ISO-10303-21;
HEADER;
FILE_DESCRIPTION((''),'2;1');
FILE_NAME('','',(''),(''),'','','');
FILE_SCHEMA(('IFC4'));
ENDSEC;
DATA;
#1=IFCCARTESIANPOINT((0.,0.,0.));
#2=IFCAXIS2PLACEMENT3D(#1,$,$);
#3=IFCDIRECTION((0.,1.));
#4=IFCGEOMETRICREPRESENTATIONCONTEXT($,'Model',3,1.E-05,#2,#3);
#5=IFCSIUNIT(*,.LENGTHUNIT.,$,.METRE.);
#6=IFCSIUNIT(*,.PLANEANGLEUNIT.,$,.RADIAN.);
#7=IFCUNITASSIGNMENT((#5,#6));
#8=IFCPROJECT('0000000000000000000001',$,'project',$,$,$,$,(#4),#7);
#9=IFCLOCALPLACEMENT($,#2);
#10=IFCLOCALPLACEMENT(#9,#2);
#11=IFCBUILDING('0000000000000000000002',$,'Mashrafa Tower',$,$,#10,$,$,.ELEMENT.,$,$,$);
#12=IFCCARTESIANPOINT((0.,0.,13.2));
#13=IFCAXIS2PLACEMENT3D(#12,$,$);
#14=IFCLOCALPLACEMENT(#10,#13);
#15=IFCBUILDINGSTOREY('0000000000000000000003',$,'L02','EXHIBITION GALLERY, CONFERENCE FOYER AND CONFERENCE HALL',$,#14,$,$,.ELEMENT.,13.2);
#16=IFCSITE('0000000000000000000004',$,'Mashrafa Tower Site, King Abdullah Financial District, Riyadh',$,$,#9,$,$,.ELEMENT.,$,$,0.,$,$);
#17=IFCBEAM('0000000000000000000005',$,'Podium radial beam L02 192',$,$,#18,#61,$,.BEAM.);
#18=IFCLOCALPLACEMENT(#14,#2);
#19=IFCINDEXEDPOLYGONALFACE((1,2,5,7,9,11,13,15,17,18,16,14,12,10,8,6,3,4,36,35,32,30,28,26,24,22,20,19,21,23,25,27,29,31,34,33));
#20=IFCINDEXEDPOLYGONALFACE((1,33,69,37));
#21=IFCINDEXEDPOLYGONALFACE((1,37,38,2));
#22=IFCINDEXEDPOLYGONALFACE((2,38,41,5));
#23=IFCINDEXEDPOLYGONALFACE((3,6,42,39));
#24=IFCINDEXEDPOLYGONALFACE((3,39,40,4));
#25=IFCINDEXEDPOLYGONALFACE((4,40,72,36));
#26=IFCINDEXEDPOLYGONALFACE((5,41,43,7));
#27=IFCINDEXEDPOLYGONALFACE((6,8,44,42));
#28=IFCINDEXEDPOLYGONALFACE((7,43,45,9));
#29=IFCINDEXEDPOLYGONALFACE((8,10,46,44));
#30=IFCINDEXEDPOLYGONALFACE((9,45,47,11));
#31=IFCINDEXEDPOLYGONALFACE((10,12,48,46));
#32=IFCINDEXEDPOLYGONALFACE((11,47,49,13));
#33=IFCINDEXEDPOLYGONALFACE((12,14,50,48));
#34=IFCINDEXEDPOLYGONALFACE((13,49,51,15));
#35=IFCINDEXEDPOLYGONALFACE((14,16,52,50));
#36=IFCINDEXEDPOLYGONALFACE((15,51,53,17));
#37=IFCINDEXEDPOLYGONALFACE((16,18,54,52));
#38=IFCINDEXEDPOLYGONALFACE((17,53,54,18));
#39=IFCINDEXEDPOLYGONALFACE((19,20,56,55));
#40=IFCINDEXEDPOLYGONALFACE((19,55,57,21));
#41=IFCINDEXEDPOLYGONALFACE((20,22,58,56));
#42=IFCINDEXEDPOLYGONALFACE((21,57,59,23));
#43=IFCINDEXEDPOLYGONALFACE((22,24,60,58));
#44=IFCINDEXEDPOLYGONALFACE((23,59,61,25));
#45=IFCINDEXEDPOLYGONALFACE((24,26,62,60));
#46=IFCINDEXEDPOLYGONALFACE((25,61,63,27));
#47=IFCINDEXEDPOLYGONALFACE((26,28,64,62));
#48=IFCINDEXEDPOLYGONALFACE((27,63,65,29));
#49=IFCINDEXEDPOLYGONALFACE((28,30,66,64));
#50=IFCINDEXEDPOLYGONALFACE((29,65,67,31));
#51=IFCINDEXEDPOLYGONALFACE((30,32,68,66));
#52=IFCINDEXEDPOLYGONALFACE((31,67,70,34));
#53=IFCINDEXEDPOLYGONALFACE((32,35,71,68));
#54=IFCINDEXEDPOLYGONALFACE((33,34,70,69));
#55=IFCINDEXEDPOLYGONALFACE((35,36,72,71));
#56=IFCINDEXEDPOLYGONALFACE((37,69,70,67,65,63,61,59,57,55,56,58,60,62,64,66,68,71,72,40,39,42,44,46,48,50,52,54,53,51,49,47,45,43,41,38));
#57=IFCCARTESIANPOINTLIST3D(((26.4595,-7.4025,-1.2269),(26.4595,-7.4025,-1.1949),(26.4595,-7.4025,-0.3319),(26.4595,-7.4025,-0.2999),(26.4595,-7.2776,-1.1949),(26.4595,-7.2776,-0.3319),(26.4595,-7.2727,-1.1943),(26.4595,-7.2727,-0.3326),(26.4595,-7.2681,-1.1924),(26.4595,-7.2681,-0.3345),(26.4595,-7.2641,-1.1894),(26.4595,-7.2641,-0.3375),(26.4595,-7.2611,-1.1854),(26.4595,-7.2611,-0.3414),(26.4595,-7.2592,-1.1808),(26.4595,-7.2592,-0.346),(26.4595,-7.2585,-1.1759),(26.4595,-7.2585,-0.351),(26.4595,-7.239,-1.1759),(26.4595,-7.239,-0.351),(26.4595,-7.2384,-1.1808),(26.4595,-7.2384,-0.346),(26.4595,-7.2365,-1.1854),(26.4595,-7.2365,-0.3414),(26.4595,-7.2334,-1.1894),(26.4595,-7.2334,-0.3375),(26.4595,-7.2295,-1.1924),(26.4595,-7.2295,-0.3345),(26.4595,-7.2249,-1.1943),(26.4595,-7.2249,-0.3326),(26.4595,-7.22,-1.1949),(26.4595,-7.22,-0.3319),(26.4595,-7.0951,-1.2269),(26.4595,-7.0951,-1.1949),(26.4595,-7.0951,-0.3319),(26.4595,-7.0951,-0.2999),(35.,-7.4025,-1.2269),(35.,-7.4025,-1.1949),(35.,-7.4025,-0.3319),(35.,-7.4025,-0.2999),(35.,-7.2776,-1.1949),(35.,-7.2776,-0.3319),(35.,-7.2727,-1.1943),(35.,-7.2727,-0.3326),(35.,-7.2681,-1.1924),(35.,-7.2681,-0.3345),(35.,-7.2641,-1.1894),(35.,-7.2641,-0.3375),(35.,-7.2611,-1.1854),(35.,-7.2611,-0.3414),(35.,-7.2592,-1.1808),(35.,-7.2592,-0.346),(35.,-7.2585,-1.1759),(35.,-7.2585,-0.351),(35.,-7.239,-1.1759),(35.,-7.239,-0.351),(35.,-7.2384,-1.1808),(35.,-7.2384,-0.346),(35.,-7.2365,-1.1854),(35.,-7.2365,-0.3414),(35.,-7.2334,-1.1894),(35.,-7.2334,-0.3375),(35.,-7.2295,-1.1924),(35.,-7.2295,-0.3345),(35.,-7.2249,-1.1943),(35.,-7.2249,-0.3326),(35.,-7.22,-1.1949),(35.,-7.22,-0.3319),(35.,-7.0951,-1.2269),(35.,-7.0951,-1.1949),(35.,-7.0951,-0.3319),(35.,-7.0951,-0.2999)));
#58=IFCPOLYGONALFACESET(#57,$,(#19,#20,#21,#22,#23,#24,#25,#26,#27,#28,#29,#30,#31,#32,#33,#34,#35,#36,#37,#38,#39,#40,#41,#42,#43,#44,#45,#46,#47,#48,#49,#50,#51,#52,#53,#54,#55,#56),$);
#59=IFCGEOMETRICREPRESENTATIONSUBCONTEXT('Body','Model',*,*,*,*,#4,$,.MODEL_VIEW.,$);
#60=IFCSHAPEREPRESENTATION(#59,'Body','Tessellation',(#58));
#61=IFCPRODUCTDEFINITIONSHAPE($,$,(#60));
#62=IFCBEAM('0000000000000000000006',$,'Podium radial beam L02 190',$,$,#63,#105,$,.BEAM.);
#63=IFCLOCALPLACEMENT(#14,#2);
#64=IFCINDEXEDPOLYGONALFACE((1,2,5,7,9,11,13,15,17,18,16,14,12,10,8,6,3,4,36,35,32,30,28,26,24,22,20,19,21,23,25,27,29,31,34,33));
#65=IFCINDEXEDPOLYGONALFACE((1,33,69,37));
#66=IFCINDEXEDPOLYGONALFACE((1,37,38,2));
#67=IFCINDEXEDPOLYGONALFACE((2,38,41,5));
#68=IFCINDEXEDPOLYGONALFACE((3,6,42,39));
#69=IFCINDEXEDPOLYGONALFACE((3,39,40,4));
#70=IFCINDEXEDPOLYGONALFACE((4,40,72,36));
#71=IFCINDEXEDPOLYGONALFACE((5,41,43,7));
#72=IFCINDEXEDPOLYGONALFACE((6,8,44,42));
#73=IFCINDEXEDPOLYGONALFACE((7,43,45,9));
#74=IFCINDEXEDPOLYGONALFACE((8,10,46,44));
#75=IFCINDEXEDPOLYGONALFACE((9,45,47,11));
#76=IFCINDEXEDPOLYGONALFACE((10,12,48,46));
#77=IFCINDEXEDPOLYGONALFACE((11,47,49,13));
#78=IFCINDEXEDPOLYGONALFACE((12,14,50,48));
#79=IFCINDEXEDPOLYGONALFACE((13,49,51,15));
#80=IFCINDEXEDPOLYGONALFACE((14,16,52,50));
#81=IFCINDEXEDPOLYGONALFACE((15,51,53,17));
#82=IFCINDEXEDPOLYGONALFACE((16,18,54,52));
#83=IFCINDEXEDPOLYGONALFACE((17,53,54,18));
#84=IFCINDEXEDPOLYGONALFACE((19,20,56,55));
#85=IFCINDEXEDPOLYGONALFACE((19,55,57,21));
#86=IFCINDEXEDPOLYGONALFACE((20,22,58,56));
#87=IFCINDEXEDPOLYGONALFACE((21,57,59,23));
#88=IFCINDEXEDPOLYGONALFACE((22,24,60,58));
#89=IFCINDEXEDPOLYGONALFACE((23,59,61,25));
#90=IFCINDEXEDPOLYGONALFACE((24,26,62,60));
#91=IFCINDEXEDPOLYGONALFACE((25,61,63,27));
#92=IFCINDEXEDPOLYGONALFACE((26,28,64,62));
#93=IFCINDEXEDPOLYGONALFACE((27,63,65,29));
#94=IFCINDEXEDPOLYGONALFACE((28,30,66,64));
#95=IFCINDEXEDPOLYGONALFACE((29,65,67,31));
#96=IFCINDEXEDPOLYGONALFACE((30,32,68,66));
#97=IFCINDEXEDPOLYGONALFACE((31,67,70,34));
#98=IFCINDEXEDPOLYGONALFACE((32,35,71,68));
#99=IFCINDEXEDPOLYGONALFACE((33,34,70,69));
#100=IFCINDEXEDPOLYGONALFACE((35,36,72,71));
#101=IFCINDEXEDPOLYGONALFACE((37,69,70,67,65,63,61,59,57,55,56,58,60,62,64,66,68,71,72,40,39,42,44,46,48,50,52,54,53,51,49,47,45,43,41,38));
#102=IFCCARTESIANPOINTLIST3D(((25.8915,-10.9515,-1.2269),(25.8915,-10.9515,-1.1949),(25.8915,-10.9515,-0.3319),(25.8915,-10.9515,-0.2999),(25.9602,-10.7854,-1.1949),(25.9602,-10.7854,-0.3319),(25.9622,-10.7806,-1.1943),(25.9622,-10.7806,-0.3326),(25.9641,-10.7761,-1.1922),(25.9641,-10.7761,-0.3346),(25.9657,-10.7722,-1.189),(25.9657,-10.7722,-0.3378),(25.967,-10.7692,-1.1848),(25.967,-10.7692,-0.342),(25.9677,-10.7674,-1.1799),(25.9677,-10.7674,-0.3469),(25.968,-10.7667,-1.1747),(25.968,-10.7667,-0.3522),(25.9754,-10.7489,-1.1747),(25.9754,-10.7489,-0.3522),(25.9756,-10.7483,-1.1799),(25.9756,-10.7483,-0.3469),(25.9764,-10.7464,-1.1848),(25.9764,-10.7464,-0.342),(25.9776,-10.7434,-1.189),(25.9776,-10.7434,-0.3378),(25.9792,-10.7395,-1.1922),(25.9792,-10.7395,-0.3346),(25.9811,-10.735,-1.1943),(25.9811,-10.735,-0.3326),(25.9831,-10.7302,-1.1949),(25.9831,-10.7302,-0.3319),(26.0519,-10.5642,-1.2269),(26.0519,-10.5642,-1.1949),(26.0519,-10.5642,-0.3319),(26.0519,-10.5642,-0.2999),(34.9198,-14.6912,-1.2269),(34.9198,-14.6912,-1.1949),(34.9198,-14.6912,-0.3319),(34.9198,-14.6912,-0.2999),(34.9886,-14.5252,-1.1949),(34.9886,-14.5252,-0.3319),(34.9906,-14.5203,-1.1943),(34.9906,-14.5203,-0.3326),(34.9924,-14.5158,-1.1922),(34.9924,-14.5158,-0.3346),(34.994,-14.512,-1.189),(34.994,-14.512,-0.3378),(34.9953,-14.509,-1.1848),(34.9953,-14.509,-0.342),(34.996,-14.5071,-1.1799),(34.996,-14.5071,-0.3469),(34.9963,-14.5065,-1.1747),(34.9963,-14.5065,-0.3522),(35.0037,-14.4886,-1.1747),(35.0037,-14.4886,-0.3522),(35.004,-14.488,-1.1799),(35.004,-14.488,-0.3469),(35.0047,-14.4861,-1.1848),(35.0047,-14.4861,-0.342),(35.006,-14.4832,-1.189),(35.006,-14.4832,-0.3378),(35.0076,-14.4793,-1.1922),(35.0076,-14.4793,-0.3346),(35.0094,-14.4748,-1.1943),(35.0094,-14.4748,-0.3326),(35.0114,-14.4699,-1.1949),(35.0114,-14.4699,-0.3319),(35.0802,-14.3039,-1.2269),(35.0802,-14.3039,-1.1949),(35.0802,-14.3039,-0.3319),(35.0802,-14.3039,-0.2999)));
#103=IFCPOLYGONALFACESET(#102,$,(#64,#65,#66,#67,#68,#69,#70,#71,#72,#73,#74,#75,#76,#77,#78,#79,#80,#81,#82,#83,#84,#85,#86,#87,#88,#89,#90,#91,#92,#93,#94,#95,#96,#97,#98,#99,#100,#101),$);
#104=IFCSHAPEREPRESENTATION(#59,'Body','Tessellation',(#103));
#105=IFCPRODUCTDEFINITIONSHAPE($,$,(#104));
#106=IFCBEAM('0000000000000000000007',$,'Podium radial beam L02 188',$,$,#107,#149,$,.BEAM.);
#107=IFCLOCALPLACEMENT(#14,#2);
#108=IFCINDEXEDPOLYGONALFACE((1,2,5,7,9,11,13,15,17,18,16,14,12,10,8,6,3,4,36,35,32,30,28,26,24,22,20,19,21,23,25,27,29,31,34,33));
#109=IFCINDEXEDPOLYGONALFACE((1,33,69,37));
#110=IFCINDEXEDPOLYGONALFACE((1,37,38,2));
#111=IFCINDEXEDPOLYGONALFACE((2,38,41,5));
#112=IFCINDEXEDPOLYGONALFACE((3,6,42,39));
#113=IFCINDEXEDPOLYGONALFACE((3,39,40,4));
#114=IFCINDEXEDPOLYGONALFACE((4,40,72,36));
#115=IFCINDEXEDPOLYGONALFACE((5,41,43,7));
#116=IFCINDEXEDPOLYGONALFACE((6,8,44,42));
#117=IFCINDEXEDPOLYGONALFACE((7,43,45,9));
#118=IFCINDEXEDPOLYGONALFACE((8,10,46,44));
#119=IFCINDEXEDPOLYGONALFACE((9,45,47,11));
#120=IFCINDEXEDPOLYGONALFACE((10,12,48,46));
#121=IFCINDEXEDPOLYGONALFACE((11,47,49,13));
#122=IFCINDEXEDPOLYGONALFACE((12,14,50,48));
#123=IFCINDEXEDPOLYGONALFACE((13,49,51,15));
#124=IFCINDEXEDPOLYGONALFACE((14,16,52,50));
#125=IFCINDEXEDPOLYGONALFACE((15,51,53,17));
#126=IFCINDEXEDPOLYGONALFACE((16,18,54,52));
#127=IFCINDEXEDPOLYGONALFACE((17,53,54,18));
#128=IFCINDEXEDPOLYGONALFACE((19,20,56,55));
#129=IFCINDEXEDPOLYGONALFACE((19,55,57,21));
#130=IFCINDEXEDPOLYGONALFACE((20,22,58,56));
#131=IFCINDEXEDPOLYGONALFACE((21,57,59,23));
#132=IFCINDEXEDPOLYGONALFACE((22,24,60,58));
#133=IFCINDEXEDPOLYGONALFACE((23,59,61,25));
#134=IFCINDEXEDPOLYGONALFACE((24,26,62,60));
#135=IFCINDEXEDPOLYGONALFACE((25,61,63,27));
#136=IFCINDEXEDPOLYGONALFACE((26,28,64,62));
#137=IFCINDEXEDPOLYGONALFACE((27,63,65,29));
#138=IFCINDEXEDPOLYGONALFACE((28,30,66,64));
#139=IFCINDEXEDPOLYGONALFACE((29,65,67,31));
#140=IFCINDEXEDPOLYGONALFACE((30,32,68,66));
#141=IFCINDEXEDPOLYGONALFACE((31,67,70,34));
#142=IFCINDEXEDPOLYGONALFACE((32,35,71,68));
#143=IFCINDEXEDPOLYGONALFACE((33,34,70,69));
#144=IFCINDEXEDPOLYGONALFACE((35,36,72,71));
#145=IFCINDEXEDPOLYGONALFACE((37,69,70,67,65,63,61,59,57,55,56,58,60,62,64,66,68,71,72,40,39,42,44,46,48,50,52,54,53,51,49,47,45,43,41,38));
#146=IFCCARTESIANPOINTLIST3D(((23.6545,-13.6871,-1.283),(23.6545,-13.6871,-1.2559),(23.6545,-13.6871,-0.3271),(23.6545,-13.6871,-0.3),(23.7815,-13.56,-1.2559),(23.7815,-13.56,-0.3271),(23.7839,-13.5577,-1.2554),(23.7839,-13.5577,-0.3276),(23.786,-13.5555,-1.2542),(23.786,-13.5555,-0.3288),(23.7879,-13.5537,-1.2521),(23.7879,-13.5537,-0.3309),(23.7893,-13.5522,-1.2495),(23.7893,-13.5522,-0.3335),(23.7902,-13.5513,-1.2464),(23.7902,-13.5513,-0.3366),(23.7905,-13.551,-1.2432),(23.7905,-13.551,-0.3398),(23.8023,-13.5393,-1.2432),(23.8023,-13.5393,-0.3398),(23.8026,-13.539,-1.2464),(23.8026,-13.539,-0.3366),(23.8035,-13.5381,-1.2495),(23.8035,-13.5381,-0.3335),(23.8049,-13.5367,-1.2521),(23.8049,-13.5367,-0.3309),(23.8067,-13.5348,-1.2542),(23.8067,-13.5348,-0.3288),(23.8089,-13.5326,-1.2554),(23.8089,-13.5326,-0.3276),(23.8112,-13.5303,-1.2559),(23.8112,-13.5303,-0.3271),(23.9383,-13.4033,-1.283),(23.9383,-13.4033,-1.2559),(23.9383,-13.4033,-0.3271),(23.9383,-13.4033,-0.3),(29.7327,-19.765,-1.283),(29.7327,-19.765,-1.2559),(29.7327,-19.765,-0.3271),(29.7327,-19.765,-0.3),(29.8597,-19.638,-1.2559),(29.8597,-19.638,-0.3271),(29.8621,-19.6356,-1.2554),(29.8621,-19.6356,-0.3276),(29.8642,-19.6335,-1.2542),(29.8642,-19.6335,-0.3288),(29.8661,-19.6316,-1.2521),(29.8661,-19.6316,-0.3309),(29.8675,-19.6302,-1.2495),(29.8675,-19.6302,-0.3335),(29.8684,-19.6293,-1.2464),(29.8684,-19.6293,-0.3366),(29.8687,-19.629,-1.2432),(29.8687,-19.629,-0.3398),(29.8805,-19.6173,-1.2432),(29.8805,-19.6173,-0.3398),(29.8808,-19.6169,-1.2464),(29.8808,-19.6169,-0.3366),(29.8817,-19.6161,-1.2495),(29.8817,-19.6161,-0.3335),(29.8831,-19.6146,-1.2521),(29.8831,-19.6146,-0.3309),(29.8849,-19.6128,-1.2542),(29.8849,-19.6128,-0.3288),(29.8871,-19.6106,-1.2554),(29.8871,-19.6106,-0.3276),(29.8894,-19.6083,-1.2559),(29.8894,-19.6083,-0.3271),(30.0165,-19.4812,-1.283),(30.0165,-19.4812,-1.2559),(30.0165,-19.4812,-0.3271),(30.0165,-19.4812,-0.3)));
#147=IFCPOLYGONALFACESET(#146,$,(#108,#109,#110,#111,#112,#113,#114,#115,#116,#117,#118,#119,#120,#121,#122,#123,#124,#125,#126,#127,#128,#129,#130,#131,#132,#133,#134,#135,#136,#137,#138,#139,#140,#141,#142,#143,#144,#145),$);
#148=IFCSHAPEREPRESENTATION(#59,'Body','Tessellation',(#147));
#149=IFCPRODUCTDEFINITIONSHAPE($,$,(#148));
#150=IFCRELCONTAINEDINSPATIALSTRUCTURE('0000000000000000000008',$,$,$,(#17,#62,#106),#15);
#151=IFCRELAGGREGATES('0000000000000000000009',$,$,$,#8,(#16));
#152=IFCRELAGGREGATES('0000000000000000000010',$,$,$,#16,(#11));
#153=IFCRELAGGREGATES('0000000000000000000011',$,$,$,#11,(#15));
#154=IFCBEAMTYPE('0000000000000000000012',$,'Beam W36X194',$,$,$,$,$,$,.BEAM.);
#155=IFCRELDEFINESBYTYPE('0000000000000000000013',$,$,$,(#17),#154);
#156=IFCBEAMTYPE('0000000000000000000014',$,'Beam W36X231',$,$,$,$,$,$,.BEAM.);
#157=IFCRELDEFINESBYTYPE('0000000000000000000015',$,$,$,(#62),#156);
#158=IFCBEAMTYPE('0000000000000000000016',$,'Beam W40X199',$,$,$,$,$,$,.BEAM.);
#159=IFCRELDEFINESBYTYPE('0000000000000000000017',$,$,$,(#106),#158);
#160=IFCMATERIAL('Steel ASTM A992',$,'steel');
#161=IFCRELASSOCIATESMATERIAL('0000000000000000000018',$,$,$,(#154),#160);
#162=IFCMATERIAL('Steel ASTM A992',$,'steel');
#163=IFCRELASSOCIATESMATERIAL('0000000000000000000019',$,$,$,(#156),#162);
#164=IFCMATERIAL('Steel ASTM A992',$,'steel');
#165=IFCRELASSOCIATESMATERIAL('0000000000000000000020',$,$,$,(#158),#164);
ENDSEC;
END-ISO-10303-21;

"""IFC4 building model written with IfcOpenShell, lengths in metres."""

from ifc_helpers import new_model, si_unit, direction, frame, origin, origin_2d, place, context, subcontext, project, spatial, i_section, extrude, material, material_profile, profile_set, type_object, element, save


model = new_model("IFC4")

# Units and contexts
model_context = context("Model", 3, precision=1e-05, world=origin(), true_north=direction((0.0, 1.0)))
body_context = subcontext(model_context, "Body", "Model", "MODEL_VIEW")
ifc_project = project(units=[si_unit("LENGTHUNIT", "METRE"), si_unit("PLANEANGLEUNIT", "RADIAN")], contexts=[model_context])

# Site, building, storey
site_placement = place(None, origin())
site = spatial("IfcSite", under=ifc_project, at=site_placement, Name="Mashrafa Tower Site, King Abdullah Financial District, Riyadh", CompositionType="ELEMENT", RefElevation=0.0)
building_placement = place(site_placement, origin())
building = spatial("IfcBuilding", under=site, at=building_placement, Name="Mashrafa Tower", CompositionType="ELEMENT")
storey_placement = place(building_placement, frame((0.0, 0.0, 13.2)))
storey = spatial("IfcBuildingStorey", under=building, at=storey_placement, Name="L02", Description="EXHIBITION GALLERY, CONFERENCE FOYER AND CONFERENCE HALL", CompositionType="ELEMENT", Elevation=13.2)

# Beams
ifc_material_1 = material(Name="Steel ASTM A992", Category="steel")
ifc_material_profile_1 = material_profile(ifc_material_1, i_section(OverallWidth=0.3074, OverallDepth=0.927, WebThickness=0.0195, FlangeThickness=0.032, FilletRadius=0.019, at=origin_2d()), Name="W36X194")
ifc_profile_set_1 = profile_set([ifc_material_profile_1], Name="Steel ASTM A992")
beam_type_1 = type_object("IfcBeamType", Name="Beam W36X194", PredefinedType="BEAM", material=ifc_profile_set_1)
beam_1_placement = place(storey_placement, frame((26.4595, -7.2488, -0.7634), z_axis=(1.0, 0.0, 0.0), x_axis=(0.0, 1.0, 0.0)))
element("IfcBeam", 1, at=beam_1_placement, inside=storey, type_object=beam_type_1, Name="Podium radial beam L02 192", PredefinedType="BEAM", context=body_context, shape_type="SweptSolid", body=[
    extrude(i_section(OverallWidth=0.3074, OverallDepth=0.927, WebThickness=0.0195, FlangeThickness=0.032, FilletRadius=0.019, at=origin_2d()), origin(), (0.0, 0.0, 1.0), 8.5405),
])
ifc_material_2 = material(Name="Steel ASTM A992", Category="steel")
ifc_material_profile_2 = material_profile(ifc_material_2, i_section(OverallWidth=0.4192, OverallDepth=0.927, WebThickness=0.0193, FlangeThickness=0.032, FilletRadius=0.0203, at=origin_2d()), Name="W36X231")
ifc_profile_set_2 = profile_set([ifc_material_profile_2], Name="Steel ASTM A992")
beam_type_2 = type_object("IfcBeamType", Name="Beam W36X231", PredefinedType="BEAM", material=ifc_profile_set_2)
beam_2_placement = place(storey_placement, frame((25.9717, -10.7578, -0.7634), z_axis=(0.923876, -0.382692, 0.0), x_axis=(0.382692, 0.923876, 0.0)))
element("IfcBeam", 2, at=beam_2_placement, inside=storey, type_object=beam_type_2, Name="Podium radial beam L02 190", PredefinedType="BEAM", context=body_context, shape_type="SweptSolid", body=[
    extrude(i_section(OverallWidth=0.4192, OverallDepth=0.927, WebThickness=0.0193, FlangeThickness=0.032, FilletRadius=0.0203, at=origin_2d()), origin(), (0.0, 0.0, 1.0), 9.7722),
])
ifc_material_3 = material(Name="Steel ASTM A992", Category="steel")
ifc_material_profile_3 = material_profile(ifc_material_3, i_section(OverallWidth=0.4014, OverallDepth=0.9829, WebThickness=0.0166, FlangeThickness=0.0271, FilletRadius=0.0127, at=origin_2d()), Name="W40X199")
ifc_profile_set_3 = profile_set([ifc_material_profile_3], Name="Steel ASTM A992")
beam_type_3 = type_object("IfcBeamType", Name="Beam W40X199", PredefinedType="BEAM", material=ifc_profile_set_3)
beam_3_placement = place(storey_placement, frame((23.7964, -13.5452, -0.7915), z_axis=(0.707121, -0.707093, 0.0), x_axis=(0.707093, 0.707121, 0.0)))
element("IfcBeam", 3, at=beam_3_placement, inside=storey, type_object=beam_type_3, Name="Podium radial beam L02 188", PredefinedType="BEAM", context=body_context, shape_type="SweptSolid", body=[
    extrude(i_section(OverallWidth=0.4014, OverallDepth=0.9829, WebThickness=0.0166, FlangeThickness=0.0271, FilletRadius=0.0127, at=origin_2d()), origin(), (0.0, 0.0, 1.0), 8.5957),
])

save(model, "model.ifc")
